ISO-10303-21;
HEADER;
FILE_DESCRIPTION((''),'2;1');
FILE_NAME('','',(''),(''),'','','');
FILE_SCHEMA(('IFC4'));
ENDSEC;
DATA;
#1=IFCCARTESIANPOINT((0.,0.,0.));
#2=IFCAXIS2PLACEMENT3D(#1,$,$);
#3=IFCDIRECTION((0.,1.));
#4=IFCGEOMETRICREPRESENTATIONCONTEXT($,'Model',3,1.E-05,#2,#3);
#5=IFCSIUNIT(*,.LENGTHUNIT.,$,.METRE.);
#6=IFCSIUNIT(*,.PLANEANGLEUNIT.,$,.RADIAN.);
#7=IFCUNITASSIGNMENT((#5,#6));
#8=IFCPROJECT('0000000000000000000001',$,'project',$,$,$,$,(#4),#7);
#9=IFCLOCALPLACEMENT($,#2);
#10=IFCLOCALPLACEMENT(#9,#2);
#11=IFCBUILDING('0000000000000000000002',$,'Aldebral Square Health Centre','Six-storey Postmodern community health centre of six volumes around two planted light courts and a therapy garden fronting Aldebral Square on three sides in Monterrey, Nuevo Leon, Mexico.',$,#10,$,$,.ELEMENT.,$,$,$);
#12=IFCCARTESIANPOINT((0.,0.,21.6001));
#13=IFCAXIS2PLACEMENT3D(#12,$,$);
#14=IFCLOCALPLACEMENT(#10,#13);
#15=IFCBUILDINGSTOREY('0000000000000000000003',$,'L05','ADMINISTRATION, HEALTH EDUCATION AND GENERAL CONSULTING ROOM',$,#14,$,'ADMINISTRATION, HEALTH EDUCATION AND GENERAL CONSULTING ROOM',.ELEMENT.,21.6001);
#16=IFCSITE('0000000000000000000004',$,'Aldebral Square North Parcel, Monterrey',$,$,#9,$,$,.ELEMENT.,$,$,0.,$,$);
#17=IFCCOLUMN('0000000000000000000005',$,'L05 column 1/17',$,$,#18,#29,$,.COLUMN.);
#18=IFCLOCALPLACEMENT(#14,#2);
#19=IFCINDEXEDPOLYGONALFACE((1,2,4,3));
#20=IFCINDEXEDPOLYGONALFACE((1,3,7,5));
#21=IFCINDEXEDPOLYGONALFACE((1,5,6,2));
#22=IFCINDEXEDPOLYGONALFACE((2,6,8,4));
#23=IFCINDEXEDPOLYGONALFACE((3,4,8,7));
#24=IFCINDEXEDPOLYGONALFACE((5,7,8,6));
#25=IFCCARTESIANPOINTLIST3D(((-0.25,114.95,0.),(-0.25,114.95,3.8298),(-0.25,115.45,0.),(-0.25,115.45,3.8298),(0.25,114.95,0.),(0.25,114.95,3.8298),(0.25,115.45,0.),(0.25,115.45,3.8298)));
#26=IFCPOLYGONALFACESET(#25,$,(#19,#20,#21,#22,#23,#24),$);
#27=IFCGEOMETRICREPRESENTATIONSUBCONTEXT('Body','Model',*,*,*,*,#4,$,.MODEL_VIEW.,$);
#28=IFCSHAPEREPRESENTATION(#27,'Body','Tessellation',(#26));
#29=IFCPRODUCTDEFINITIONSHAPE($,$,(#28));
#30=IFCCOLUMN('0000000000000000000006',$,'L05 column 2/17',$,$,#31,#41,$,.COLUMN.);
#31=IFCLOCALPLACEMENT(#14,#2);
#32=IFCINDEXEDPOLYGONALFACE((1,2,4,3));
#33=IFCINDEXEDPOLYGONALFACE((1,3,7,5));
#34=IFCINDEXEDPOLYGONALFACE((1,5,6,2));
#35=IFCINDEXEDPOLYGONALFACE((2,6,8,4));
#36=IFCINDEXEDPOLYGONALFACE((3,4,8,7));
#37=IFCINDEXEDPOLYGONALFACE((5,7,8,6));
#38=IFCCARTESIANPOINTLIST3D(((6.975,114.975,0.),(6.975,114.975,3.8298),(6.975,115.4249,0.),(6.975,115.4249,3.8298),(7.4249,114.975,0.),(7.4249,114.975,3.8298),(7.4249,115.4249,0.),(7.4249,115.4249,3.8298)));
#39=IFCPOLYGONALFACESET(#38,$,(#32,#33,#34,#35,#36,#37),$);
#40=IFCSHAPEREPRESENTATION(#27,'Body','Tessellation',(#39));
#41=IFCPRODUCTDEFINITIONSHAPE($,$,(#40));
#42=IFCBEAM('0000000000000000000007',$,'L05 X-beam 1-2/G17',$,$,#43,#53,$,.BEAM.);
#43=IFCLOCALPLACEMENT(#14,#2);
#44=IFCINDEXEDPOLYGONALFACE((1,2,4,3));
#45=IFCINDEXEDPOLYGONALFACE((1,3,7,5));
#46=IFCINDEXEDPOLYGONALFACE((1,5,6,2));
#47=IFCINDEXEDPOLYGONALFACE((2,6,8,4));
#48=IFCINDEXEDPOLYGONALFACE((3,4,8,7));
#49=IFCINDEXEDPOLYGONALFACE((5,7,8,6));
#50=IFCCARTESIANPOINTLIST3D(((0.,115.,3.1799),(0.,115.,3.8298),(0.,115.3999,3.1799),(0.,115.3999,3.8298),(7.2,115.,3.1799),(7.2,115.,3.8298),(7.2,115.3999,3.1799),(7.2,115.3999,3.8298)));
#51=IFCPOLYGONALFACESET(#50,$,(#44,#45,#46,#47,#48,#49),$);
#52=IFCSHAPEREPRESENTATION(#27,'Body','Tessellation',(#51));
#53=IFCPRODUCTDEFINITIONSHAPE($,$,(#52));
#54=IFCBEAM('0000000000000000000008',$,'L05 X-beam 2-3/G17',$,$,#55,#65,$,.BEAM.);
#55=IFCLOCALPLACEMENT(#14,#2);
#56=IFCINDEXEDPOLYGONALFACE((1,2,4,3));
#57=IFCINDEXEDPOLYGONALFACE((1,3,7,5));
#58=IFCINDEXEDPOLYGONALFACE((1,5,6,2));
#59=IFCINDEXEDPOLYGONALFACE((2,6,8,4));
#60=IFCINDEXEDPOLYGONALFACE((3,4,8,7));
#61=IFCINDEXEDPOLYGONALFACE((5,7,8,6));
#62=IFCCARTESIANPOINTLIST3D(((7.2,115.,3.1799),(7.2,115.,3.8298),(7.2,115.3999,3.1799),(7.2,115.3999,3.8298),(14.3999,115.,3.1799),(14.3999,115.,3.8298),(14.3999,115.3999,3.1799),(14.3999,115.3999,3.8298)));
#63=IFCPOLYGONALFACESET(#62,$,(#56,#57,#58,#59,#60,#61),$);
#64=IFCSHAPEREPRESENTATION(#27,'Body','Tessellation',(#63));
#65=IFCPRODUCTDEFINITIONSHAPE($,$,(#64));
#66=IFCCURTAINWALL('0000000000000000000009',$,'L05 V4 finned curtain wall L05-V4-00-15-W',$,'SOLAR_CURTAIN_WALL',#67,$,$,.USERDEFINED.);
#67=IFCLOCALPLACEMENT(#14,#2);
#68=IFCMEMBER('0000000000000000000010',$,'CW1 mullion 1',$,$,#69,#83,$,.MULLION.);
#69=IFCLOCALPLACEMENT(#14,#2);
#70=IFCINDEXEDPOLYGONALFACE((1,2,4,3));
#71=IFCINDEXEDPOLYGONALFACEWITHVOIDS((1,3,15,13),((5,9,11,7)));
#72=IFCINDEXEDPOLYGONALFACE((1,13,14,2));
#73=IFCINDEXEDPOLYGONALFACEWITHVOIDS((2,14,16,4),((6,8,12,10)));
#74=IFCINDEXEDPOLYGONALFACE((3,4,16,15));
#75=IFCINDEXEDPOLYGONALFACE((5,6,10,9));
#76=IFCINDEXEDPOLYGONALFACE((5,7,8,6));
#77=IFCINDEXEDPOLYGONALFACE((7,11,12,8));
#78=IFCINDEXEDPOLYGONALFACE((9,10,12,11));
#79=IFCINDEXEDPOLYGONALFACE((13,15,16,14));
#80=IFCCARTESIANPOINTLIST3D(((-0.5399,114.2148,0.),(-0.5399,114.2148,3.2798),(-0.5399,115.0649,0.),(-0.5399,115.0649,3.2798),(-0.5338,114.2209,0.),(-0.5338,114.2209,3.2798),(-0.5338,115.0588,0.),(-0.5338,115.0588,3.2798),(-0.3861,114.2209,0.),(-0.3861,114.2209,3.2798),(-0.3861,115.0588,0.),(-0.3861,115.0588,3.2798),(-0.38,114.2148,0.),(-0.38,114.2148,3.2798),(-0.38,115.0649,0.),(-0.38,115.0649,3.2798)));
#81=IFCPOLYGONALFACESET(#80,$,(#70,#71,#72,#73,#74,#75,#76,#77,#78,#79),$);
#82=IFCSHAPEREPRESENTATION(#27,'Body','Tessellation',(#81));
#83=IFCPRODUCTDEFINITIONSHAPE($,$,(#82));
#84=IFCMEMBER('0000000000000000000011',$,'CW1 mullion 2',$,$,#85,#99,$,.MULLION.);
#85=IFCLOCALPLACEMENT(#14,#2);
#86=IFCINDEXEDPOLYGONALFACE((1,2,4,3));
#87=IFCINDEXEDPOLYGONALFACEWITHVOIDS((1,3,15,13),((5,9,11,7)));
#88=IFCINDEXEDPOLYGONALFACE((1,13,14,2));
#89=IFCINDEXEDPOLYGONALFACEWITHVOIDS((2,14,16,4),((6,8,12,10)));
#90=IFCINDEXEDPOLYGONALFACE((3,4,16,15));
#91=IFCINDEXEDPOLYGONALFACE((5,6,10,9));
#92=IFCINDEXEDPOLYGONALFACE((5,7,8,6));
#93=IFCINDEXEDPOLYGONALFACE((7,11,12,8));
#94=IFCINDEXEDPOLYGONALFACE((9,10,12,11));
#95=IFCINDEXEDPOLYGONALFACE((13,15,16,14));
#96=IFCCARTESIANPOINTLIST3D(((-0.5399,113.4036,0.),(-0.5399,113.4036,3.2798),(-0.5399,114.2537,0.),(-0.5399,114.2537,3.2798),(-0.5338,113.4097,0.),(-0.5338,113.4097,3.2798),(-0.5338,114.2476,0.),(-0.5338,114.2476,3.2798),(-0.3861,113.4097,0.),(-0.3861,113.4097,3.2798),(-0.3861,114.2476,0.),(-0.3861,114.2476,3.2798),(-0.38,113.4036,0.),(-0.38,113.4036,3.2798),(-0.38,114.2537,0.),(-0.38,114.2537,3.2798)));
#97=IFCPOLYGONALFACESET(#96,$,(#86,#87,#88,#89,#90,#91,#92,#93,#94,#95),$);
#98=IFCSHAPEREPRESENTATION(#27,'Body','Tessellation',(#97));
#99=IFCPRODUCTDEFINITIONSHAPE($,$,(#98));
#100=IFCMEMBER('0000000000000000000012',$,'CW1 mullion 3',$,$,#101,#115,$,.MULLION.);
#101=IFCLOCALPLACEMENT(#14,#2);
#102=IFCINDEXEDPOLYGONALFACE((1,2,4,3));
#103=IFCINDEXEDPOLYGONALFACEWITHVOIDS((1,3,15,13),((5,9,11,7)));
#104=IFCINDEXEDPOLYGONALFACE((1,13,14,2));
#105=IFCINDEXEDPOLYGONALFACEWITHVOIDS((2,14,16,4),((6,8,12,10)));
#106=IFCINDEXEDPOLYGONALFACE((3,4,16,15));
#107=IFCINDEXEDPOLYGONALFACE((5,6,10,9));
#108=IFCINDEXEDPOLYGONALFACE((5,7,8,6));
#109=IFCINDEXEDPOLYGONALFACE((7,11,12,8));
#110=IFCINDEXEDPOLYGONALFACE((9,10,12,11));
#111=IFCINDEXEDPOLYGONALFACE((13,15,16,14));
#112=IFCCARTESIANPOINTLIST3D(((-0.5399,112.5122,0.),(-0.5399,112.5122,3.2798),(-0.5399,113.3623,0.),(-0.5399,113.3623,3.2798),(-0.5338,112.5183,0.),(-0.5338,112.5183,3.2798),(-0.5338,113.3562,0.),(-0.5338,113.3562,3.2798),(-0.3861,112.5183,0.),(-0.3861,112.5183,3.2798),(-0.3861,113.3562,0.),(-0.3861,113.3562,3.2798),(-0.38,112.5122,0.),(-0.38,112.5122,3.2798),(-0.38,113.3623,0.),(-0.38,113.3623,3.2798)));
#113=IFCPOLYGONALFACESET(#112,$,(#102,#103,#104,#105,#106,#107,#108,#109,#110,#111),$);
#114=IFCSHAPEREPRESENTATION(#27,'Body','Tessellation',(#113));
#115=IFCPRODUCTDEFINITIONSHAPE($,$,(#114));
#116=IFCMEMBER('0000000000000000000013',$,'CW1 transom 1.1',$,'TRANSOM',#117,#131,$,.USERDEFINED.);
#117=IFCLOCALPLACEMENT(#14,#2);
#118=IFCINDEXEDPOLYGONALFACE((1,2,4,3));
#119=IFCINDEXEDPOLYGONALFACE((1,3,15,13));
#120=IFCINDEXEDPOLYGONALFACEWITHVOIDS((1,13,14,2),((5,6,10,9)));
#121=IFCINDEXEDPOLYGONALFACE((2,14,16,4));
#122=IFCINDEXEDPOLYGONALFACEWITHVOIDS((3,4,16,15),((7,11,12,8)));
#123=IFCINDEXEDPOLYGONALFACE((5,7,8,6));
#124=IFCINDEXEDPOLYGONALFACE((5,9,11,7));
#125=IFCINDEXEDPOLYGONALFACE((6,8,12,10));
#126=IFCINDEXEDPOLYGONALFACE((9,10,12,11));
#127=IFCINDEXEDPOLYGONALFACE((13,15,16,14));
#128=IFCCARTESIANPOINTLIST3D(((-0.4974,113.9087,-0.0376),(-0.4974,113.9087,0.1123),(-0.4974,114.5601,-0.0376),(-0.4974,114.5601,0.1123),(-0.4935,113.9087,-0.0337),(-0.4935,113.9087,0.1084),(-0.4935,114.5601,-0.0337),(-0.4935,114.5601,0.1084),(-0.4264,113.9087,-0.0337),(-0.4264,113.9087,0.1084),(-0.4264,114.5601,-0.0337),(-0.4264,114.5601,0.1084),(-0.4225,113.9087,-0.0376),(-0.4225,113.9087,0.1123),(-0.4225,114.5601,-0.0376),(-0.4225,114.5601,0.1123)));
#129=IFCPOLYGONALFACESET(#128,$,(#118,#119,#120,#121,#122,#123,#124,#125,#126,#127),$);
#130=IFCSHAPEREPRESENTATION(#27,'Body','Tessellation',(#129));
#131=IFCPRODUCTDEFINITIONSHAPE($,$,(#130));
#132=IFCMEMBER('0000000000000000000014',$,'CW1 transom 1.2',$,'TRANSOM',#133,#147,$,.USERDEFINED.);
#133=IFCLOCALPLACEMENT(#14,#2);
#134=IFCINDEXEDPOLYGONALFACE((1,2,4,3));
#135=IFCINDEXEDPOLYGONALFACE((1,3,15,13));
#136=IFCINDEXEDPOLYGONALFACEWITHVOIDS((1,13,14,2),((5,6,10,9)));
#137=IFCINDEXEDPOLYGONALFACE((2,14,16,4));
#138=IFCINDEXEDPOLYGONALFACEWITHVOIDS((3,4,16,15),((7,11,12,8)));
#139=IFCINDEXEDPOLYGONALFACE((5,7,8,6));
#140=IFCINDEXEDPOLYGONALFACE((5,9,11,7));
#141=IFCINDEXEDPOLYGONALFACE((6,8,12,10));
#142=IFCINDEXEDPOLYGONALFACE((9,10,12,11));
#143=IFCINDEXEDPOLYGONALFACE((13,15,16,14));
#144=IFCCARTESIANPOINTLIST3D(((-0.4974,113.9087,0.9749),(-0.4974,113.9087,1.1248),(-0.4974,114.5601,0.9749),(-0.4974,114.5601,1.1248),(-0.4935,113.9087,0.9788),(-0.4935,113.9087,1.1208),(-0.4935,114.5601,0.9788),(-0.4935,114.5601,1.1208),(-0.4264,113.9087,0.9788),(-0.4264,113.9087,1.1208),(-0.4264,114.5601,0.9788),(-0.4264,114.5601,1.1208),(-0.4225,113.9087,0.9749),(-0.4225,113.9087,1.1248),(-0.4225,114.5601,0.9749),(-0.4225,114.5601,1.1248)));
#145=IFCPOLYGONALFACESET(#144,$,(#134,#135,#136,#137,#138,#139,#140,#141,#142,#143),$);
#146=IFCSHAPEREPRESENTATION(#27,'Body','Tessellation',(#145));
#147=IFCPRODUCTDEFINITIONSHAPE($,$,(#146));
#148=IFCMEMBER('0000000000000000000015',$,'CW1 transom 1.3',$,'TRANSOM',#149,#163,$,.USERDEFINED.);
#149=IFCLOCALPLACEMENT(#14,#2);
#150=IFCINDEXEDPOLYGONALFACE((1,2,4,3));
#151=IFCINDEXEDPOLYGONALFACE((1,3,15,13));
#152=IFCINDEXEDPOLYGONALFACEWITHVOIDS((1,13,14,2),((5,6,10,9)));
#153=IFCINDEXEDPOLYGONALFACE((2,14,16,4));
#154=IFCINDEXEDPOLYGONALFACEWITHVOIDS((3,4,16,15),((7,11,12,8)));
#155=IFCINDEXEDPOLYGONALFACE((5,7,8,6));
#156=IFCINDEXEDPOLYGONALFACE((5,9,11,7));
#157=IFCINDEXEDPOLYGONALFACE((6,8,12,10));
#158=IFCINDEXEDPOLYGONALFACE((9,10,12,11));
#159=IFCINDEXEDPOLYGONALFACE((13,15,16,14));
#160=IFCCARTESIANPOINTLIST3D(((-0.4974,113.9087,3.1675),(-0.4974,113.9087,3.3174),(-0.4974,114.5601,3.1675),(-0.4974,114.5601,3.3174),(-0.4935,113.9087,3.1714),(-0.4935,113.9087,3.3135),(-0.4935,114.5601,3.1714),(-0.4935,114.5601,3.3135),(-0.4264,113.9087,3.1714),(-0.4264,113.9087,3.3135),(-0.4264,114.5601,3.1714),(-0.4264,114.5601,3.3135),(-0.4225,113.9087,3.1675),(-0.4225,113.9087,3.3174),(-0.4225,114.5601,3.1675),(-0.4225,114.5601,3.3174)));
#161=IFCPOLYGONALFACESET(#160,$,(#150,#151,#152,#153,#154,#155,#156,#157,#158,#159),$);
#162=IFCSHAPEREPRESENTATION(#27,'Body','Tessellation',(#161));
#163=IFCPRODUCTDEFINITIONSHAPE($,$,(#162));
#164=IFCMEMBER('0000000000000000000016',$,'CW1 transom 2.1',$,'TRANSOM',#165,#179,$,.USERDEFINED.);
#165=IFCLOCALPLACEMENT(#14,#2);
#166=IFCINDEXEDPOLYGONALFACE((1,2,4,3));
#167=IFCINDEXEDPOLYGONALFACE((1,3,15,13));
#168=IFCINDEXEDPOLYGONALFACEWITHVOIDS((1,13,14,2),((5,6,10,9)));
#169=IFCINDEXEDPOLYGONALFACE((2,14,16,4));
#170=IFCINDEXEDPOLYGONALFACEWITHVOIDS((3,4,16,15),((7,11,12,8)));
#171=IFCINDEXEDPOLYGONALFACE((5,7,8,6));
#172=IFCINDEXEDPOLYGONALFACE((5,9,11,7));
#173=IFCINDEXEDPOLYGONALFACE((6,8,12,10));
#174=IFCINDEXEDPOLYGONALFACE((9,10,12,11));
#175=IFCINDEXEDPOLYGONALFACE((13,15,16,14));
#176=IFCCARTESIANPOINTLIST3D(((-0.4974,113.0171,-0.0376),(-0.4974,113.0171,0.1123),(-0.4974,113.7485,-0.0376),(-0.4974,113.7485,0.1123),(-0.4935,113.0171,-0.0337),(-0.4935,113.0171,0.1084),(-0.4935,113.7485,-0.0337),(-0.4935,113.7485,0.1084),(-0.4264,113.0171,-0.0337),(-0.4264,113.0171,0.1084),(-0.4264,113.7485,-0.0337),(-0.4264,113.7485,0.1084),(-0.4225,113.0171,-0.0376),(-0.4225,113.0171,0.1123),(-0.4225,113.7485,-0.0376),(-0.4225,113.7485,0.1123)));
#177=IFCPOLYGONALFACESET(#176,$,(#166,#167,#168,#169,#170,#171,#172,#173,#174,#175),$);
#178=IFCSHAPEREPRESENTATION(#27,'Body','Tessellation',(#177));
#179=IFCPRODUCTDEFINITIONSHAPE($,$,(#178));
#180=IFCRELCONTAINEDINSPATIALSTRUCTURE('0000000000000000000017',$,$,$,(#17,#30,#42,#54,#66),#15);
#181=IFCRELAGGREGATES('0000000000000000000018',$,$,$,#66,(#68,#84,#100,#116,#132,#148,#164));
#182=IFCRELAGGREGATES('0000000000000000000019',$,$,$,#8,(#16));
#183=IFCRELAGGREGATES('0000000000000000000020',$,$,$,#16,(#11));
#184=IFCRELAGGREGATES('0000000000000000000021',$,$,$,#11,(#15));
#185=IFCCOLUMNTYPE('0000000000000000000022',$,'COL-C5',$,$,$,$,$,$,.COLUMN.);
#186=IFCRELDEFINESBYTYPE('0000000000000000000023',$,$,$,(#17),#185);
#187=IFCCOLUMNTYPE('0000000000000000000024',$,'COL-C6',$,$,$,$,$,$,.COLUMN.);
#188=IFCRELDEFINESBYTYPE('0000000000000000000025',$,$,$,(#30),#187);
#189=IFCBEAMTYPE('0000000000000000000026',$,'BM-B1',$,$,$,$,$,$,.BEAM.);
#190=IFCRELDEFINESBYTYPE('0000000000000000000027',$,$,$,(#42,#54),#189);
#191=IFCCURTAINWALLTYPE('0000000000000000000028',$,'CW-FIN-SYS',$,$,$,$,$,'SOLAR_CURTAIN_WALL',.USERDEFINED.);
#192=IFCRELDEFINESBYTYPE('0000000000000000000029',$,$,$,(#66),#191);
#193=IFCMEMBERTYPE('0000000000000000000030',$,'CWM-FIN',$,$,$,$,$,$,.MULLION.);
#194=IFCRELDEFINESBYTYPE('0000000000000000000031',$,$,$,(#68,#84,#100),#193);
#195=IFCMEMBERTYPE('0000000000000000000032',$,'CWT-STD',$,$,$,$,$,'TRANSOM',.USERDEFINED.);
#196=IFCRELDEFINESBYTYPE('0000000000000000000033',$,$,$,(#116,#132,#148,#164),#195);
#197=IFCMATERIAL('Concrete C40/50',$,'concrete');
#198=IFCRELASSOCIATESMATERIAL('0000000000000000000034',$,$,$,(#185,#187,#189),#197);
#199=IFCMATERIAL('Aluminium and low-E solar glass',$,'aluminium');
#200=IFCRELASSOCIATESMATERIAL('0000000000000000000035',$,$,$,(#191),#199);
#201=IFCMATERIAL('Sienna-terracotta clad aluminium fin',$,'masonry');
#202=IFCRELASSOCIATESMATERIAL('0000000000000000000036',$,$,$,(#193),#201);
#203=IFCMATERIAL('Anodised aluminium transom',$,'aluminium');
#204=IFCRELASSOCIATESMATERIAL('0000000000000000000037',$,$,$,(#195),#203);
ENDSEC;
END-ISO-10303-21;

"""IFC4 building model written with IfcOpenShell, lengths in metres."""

from ifc_helpers import new_model, si_unit, direction, frame, origin, origin_2d, place, context, subcontext, project, spatial, rectangle, hollow_rectangle, extrude, material, material_profile, profile_set, type_object, element, aggregate, save


model = new_model("IFC4")

# Units and contexts
model_context = context("Model", 3, precision=1e-05, world=origin(), true_north=direction((0.0, 1.0)))
body_context = subcontext(model_context, "Body", "Model", "MODEL_VIEW")
ifc_project = project(units=[si_unit("LENGTHUNIT", "METRE"), si_unit("PLANEANGLEUNIT", "RADIAN")], contexts=[model_context])

# Site, building, storey
site_placement = place(None, origin())
site = spatial("IfcSite", under=ifc_project, at=site_placement, Name="Aldebral Square North Parcel, Monterrey", CompositionType="ELEMENT", RefElevation=0.0)
building_placement = place(site_placement, origin())
building = spatial("IfcBuilding", under=site, at=building_placement, Name="Aldebral Square Health Centre", Description="Six-storey Postmodern community health centre of six volumes around two planted light courts and a therapy garden fronting Aldebral Square on three sides in Monterrey, Nuevo Leon, Mexico.", CompositionType="ELEMENT")
storey_placement = place(building_placement, frame((0.0, 0.0, 21.6001)))
storey = spatial("IfcBuildingStorey", under=building, at=storey_placement, Name="L05", Description="ADMINISTRATION, HEALTH EDUCATION AND GENERAL CONSULTING ROOM", LongName="ADMINISTRATION, HEALTH EDUCATION AND GENERAL CONSULTING ROOM", CompositionType="ELEMENT", Elevation=21.6001)

# Columns
ifc_material_1 = material(Name="Concrete C40/50", Category="concrete")
ifc_material_profile_1 = material_profile(ifc_material_1, rectangle(XDim=0.5, YDim=0.5, at=origin_2d()), Name="RC 500x500")
ifc_profile_set_1 = profile_set([ifc_material_profile_1], Name="Concrete C40/50")
column_type_1 = type_object("IfcColumnType", Name="COL-C5", PredefinedType="COLUMN", material=ifc_profile_set_1)
column_1_placement = place(storey_placement, frame((0.0, 115.2, 0.0), z_axis=(0.0, 0.0, 1.0), x_axis=(1.0, 0.0, 0.0)))
element("IfcColumn", 1, at=column_1_placement, inside=storey, type_object=column_type_1, Name="L05 column 1/17", PredefinedType="COLUMN", context=body_context, shape_type="SweptSolid", body=[
    extrude(rectangle(XDim=0.5, YDim=0.5, at=origin_2d()), origin(), (0.0, 0.0, 1.0), 3.8298),
])
ifc_material_profile_2 = material_profile(ifc_material_1, rectangle(XDim=0.45, YDim=0.45, at=origin_2d()), Name="RC 450x450")
ifc_profile_set_2 = profile_set([ifc_material_profile_2], Name="Concrete C40/50")
column_type_2 = type_object("IfcColumnType", Name="COL-C6", PredefinedType="COLUMN", material=ifc_profile_set_2)
column_2_placement = place(storey_placement, frame((7.2, 115.2, 0.0), z_axis=(0.0, 0.0, 1.0), x_axis=(1.0, 0.0, 0.0)))
element("IfcColumn", 2, at=column_2_placement, inside=storey, type_object=column_type_2, Name="L05 column 2/17", PredefinedType="COLUMN", context=body_context, shape_type="SweptSolid", body=[
    extrude(rectangle(XDim=0.45, YDim=0.45, at=origin_2d()), origin(), (0.0, 0.0, 1.0), 3.8298),
])

# Beams
ifc_material_profile_3 = material_profile(ifc_material_1, rectangle(XDim=0.3999, YDim=0.6499, at=origin_2d()), Name="RC 400x650")
ifc_profile_set_3 = profile_set([ifc_material_profile_3], Name="Concrete C40/50")
beam_type = type_object("IfcBeamType", Name="BM-B1", PredefinedType="BEAM", material=ifc_profile_set_3)
for number, where, z_axis, x_axis, name in (
    (3, (0.0, 115.2, 3.5049), (1.0, 0.0, 0.0), (0.0, 1.0, 0.0), "L05 X-beam 1-2/G17"),
    (4, (7.2, 115.2, 3.5049), (1.0, 0.0, 0.0), (0.0, 1.0, 0.0), "L05 X-beam 2-3/G17"),
):
    element("IfcBeam", number, at=place(storey_placement, frame(where, z_axis=z_axis, x_axis=x_axis)), inside=storey, type_object=beam_type, Name=name, PredefinedType="BEAM", context=body_context, shape_type="SweptSolid", body=[
        extrude(rectangle(XDim=0.3999, YDim=0.6499, at=origin_2d()), origin(), (0.0, 0.0, 1.0), 7.2),
    ])

# Curtain wall, members
ifc_material_2 = material(Name="Aluminium and low-E solar glass", Category="aluminium")
curtain_wall_type = type_object("IfcCurtainWallType", Name="CW-FIN-SYS", ElementType="SOLAR_CURTAIN_WALL", PredefinedType="USERDEFINED", material=ifc_material_2)
curtain_wall_placement = place(storey_placement, origin())
curtain_wall = element("IfcCurtainWall", 5, at=curtain_wall_placement, inside=storey, type_object=curtain_wall_type, Name="L05 V4 finned curtain wall L05-V4-00-15-W", ObjectType="SOLAR_CURTAIN_WALL", PredefinedType="USERDEFINED")
ifc_material_3 = material(Name="Sienna-terracotta clad aluminium fin", Category="masonry")
ifc_material_profile_4 = material_profile(ifc_material_3, hollow_rectangle(XDim=0.1599, YDim=0.8501, WallThickness=0.0061, at=origin_2d()), Name="FIN 160x850x6")
ifc_profile_set_4 = profile_set([ifc_material_profile_4], Name="Sienna-terracotta clad aluminium fin")
member_type_1 = type_object("IfcMemberType", Name="CWM-FIN", PredefinedType="MULLION", material=ifc_profile_set_4)
member_1_placement = place(storey_placement, frame((-0.46, 114.6399, 0.0), z_axis=(0.0, 0.0, 1.0), x_axis=(1.0, 0.0, 0.0)))
member_1 = element("IfcMember", 6, at=member_1_placement, type_object=member_type_1, Name="CW1 mullion 1", PredefinedType="MULLION", context=body_context, shape_type="SweptSolid", body=[
    extrude(hollow_rectangle(XDim=0.1599, YDim=0.8501, WallThickness=0.0061, at=origin_2d()), origin(), (0.0, 0.0, 1.0), 3.2798),
])
member_2_placement = place(storey_placement, frame((-0.46, 113.8286, 0.0), z_axis=(0.0, 0.0, 1.0), x_axis=(1.0, 0.0, 0.0)))
member_2 = element("IfcMember", 7, at=member_2_placement, type_object=member_type_1, Name="CW1 mullion 2", PredefinedType="MULLION", context=body_context, shape_type="SweptSolid", body=[
    extrude(hollow_rectangle(XDim=0.1599, YDim=0.8501, WallThickness=0.0061, at=origin_2d()), origin(), (0.0, 0.0, 1.0), 3.2798),
])
member_3_placement = place(storey_placement, frame((-0.46, 112.9373, 0.0), z_axis=(0.0, 0.0, 1.0), x_axis=(1.0, 0.0, 0.0)))
member_3 = element("IfcMember", 8, at=member_3_placement, type_object=member_type_1, Name="CW1 mullion 3", PredefinedType="MULLION", context=body_context, shape_type="SweptSolid", body=[
    extrude(hollow_rectangle(XDim=0.1599, YDim=0.8501, WallThickness=0.0061, at=origin_2d()), origin(), (0.0, 0.0, 1.0), 3.2798),
])
ifc_material_4 = material(Name="Anodised aluminium transom", Category="aluminium")
ifc_material_profile_5 = material_profile(ifc_material_4, hollow_rectangle(XDim=0.075, YDim=0.1499, WallThickness=0.0039, at=origin_2d()), Name="CWT 75x150x4")
ifc_profile_set_5 = profile_set([ifc_material_profile_5], Name="Anodised aluminium transom")
member_type_2 = type_object("IfcMemberType", Name="CWT-STD", ElementType="TRANSOM", PredefinedType="USERDEFINED", material=ifc_profile_set_5)
member_4_placement = place(storey_placement, frame((-0.46, 114.5601, 0.0374), z_axis=(0.0, -1.0, 0.0), x_axis=(1.0, 0.0, 0.0)))
member_4 = element("IfcMember", 9, at=member_4_placement, type_object=member_type_2, Name="CW1 transom 1.1", ObjectType="TRANSOM", PredefinedType="USERDEFINED", context=body_context, shape_type="SweptSolid", body=[
    extrude(hollow_rectangle(XDim=0.075, YDim=0.1499, WallThickness=0.0039, at=origin_2d()), origin(), (0.0, 0.0, 1.0), 0.6514),
])
member_5_placement = place(storey_placement, frame((-0.46, 114.5601, 1.0498), z_axis=(0.0, -1.0, 0.0), x_axis=(1.0, 0.0, 0.0)))
member_5 = element("IfcMember", 10, at=member_5_placement, type_object=member_type_2, Name="CW1 transom 1.2", ObjectType="TRANSOM", PredefinedType="USERDEFINED", context=body_context, shape_type="SweptSolid", body=[
    extrude(hollow_rectangle(XDim=0.075, YDim=0.1499, WallThickness=0.0039, at=origin_2d()), origin(), (0.0, 0.0, 1.0), 0.6514),
])
member_6_placement = place(storey_placement, frame((-0.46, 114.5601, 3.2424), z_axis=(0.0, -1.0, 0.0), x_axis=(1.0, 0.0, 0.0)))
member_6 = element("IfcMember", 11, at=member_6_placement, type_object=member_type_2, Name="CW1 transom 1.3", ObjectType="TRANSOM", PredefinedType="USERDEFINED", context=body_context, shape_type="SweptSolid", body=[
    extrude(hollow_rectangle(XDim=0.075, YDim=0.1499, WallThickness=0.0039, at=origin_2d()), origin(), (0.0, 0.0, 1.0), 0.6514),
])
member_7_placement = place(storey_placement, frame((-0.46, 113.7485, 0.0374), z_axis=(0.0, -1.0, 0.0), x_axis=(1.0, 0.0, 0.0)))
member_7 = element("IfcMember", 12, at=member_7_placement, type_object=member_type_2, Name="CW1 transom 2.1", ObjectType="TRANSOM", PredefinedType="USERDEFINED", context=body_context, shape_type="SweptSolid", body=[
    extrude(hollow_rectangle(XDim=0.075, YDim=0.1499, WallThickness=0.0039, at=origin_2d()), origin(), (0.0, 0.0, 1.0), 0.7314),
])
aggregate(curtain_wall, [member_1, member_2, member_3, member_4, member_5, member_6, member_7])

save(model, "model.ifc")
